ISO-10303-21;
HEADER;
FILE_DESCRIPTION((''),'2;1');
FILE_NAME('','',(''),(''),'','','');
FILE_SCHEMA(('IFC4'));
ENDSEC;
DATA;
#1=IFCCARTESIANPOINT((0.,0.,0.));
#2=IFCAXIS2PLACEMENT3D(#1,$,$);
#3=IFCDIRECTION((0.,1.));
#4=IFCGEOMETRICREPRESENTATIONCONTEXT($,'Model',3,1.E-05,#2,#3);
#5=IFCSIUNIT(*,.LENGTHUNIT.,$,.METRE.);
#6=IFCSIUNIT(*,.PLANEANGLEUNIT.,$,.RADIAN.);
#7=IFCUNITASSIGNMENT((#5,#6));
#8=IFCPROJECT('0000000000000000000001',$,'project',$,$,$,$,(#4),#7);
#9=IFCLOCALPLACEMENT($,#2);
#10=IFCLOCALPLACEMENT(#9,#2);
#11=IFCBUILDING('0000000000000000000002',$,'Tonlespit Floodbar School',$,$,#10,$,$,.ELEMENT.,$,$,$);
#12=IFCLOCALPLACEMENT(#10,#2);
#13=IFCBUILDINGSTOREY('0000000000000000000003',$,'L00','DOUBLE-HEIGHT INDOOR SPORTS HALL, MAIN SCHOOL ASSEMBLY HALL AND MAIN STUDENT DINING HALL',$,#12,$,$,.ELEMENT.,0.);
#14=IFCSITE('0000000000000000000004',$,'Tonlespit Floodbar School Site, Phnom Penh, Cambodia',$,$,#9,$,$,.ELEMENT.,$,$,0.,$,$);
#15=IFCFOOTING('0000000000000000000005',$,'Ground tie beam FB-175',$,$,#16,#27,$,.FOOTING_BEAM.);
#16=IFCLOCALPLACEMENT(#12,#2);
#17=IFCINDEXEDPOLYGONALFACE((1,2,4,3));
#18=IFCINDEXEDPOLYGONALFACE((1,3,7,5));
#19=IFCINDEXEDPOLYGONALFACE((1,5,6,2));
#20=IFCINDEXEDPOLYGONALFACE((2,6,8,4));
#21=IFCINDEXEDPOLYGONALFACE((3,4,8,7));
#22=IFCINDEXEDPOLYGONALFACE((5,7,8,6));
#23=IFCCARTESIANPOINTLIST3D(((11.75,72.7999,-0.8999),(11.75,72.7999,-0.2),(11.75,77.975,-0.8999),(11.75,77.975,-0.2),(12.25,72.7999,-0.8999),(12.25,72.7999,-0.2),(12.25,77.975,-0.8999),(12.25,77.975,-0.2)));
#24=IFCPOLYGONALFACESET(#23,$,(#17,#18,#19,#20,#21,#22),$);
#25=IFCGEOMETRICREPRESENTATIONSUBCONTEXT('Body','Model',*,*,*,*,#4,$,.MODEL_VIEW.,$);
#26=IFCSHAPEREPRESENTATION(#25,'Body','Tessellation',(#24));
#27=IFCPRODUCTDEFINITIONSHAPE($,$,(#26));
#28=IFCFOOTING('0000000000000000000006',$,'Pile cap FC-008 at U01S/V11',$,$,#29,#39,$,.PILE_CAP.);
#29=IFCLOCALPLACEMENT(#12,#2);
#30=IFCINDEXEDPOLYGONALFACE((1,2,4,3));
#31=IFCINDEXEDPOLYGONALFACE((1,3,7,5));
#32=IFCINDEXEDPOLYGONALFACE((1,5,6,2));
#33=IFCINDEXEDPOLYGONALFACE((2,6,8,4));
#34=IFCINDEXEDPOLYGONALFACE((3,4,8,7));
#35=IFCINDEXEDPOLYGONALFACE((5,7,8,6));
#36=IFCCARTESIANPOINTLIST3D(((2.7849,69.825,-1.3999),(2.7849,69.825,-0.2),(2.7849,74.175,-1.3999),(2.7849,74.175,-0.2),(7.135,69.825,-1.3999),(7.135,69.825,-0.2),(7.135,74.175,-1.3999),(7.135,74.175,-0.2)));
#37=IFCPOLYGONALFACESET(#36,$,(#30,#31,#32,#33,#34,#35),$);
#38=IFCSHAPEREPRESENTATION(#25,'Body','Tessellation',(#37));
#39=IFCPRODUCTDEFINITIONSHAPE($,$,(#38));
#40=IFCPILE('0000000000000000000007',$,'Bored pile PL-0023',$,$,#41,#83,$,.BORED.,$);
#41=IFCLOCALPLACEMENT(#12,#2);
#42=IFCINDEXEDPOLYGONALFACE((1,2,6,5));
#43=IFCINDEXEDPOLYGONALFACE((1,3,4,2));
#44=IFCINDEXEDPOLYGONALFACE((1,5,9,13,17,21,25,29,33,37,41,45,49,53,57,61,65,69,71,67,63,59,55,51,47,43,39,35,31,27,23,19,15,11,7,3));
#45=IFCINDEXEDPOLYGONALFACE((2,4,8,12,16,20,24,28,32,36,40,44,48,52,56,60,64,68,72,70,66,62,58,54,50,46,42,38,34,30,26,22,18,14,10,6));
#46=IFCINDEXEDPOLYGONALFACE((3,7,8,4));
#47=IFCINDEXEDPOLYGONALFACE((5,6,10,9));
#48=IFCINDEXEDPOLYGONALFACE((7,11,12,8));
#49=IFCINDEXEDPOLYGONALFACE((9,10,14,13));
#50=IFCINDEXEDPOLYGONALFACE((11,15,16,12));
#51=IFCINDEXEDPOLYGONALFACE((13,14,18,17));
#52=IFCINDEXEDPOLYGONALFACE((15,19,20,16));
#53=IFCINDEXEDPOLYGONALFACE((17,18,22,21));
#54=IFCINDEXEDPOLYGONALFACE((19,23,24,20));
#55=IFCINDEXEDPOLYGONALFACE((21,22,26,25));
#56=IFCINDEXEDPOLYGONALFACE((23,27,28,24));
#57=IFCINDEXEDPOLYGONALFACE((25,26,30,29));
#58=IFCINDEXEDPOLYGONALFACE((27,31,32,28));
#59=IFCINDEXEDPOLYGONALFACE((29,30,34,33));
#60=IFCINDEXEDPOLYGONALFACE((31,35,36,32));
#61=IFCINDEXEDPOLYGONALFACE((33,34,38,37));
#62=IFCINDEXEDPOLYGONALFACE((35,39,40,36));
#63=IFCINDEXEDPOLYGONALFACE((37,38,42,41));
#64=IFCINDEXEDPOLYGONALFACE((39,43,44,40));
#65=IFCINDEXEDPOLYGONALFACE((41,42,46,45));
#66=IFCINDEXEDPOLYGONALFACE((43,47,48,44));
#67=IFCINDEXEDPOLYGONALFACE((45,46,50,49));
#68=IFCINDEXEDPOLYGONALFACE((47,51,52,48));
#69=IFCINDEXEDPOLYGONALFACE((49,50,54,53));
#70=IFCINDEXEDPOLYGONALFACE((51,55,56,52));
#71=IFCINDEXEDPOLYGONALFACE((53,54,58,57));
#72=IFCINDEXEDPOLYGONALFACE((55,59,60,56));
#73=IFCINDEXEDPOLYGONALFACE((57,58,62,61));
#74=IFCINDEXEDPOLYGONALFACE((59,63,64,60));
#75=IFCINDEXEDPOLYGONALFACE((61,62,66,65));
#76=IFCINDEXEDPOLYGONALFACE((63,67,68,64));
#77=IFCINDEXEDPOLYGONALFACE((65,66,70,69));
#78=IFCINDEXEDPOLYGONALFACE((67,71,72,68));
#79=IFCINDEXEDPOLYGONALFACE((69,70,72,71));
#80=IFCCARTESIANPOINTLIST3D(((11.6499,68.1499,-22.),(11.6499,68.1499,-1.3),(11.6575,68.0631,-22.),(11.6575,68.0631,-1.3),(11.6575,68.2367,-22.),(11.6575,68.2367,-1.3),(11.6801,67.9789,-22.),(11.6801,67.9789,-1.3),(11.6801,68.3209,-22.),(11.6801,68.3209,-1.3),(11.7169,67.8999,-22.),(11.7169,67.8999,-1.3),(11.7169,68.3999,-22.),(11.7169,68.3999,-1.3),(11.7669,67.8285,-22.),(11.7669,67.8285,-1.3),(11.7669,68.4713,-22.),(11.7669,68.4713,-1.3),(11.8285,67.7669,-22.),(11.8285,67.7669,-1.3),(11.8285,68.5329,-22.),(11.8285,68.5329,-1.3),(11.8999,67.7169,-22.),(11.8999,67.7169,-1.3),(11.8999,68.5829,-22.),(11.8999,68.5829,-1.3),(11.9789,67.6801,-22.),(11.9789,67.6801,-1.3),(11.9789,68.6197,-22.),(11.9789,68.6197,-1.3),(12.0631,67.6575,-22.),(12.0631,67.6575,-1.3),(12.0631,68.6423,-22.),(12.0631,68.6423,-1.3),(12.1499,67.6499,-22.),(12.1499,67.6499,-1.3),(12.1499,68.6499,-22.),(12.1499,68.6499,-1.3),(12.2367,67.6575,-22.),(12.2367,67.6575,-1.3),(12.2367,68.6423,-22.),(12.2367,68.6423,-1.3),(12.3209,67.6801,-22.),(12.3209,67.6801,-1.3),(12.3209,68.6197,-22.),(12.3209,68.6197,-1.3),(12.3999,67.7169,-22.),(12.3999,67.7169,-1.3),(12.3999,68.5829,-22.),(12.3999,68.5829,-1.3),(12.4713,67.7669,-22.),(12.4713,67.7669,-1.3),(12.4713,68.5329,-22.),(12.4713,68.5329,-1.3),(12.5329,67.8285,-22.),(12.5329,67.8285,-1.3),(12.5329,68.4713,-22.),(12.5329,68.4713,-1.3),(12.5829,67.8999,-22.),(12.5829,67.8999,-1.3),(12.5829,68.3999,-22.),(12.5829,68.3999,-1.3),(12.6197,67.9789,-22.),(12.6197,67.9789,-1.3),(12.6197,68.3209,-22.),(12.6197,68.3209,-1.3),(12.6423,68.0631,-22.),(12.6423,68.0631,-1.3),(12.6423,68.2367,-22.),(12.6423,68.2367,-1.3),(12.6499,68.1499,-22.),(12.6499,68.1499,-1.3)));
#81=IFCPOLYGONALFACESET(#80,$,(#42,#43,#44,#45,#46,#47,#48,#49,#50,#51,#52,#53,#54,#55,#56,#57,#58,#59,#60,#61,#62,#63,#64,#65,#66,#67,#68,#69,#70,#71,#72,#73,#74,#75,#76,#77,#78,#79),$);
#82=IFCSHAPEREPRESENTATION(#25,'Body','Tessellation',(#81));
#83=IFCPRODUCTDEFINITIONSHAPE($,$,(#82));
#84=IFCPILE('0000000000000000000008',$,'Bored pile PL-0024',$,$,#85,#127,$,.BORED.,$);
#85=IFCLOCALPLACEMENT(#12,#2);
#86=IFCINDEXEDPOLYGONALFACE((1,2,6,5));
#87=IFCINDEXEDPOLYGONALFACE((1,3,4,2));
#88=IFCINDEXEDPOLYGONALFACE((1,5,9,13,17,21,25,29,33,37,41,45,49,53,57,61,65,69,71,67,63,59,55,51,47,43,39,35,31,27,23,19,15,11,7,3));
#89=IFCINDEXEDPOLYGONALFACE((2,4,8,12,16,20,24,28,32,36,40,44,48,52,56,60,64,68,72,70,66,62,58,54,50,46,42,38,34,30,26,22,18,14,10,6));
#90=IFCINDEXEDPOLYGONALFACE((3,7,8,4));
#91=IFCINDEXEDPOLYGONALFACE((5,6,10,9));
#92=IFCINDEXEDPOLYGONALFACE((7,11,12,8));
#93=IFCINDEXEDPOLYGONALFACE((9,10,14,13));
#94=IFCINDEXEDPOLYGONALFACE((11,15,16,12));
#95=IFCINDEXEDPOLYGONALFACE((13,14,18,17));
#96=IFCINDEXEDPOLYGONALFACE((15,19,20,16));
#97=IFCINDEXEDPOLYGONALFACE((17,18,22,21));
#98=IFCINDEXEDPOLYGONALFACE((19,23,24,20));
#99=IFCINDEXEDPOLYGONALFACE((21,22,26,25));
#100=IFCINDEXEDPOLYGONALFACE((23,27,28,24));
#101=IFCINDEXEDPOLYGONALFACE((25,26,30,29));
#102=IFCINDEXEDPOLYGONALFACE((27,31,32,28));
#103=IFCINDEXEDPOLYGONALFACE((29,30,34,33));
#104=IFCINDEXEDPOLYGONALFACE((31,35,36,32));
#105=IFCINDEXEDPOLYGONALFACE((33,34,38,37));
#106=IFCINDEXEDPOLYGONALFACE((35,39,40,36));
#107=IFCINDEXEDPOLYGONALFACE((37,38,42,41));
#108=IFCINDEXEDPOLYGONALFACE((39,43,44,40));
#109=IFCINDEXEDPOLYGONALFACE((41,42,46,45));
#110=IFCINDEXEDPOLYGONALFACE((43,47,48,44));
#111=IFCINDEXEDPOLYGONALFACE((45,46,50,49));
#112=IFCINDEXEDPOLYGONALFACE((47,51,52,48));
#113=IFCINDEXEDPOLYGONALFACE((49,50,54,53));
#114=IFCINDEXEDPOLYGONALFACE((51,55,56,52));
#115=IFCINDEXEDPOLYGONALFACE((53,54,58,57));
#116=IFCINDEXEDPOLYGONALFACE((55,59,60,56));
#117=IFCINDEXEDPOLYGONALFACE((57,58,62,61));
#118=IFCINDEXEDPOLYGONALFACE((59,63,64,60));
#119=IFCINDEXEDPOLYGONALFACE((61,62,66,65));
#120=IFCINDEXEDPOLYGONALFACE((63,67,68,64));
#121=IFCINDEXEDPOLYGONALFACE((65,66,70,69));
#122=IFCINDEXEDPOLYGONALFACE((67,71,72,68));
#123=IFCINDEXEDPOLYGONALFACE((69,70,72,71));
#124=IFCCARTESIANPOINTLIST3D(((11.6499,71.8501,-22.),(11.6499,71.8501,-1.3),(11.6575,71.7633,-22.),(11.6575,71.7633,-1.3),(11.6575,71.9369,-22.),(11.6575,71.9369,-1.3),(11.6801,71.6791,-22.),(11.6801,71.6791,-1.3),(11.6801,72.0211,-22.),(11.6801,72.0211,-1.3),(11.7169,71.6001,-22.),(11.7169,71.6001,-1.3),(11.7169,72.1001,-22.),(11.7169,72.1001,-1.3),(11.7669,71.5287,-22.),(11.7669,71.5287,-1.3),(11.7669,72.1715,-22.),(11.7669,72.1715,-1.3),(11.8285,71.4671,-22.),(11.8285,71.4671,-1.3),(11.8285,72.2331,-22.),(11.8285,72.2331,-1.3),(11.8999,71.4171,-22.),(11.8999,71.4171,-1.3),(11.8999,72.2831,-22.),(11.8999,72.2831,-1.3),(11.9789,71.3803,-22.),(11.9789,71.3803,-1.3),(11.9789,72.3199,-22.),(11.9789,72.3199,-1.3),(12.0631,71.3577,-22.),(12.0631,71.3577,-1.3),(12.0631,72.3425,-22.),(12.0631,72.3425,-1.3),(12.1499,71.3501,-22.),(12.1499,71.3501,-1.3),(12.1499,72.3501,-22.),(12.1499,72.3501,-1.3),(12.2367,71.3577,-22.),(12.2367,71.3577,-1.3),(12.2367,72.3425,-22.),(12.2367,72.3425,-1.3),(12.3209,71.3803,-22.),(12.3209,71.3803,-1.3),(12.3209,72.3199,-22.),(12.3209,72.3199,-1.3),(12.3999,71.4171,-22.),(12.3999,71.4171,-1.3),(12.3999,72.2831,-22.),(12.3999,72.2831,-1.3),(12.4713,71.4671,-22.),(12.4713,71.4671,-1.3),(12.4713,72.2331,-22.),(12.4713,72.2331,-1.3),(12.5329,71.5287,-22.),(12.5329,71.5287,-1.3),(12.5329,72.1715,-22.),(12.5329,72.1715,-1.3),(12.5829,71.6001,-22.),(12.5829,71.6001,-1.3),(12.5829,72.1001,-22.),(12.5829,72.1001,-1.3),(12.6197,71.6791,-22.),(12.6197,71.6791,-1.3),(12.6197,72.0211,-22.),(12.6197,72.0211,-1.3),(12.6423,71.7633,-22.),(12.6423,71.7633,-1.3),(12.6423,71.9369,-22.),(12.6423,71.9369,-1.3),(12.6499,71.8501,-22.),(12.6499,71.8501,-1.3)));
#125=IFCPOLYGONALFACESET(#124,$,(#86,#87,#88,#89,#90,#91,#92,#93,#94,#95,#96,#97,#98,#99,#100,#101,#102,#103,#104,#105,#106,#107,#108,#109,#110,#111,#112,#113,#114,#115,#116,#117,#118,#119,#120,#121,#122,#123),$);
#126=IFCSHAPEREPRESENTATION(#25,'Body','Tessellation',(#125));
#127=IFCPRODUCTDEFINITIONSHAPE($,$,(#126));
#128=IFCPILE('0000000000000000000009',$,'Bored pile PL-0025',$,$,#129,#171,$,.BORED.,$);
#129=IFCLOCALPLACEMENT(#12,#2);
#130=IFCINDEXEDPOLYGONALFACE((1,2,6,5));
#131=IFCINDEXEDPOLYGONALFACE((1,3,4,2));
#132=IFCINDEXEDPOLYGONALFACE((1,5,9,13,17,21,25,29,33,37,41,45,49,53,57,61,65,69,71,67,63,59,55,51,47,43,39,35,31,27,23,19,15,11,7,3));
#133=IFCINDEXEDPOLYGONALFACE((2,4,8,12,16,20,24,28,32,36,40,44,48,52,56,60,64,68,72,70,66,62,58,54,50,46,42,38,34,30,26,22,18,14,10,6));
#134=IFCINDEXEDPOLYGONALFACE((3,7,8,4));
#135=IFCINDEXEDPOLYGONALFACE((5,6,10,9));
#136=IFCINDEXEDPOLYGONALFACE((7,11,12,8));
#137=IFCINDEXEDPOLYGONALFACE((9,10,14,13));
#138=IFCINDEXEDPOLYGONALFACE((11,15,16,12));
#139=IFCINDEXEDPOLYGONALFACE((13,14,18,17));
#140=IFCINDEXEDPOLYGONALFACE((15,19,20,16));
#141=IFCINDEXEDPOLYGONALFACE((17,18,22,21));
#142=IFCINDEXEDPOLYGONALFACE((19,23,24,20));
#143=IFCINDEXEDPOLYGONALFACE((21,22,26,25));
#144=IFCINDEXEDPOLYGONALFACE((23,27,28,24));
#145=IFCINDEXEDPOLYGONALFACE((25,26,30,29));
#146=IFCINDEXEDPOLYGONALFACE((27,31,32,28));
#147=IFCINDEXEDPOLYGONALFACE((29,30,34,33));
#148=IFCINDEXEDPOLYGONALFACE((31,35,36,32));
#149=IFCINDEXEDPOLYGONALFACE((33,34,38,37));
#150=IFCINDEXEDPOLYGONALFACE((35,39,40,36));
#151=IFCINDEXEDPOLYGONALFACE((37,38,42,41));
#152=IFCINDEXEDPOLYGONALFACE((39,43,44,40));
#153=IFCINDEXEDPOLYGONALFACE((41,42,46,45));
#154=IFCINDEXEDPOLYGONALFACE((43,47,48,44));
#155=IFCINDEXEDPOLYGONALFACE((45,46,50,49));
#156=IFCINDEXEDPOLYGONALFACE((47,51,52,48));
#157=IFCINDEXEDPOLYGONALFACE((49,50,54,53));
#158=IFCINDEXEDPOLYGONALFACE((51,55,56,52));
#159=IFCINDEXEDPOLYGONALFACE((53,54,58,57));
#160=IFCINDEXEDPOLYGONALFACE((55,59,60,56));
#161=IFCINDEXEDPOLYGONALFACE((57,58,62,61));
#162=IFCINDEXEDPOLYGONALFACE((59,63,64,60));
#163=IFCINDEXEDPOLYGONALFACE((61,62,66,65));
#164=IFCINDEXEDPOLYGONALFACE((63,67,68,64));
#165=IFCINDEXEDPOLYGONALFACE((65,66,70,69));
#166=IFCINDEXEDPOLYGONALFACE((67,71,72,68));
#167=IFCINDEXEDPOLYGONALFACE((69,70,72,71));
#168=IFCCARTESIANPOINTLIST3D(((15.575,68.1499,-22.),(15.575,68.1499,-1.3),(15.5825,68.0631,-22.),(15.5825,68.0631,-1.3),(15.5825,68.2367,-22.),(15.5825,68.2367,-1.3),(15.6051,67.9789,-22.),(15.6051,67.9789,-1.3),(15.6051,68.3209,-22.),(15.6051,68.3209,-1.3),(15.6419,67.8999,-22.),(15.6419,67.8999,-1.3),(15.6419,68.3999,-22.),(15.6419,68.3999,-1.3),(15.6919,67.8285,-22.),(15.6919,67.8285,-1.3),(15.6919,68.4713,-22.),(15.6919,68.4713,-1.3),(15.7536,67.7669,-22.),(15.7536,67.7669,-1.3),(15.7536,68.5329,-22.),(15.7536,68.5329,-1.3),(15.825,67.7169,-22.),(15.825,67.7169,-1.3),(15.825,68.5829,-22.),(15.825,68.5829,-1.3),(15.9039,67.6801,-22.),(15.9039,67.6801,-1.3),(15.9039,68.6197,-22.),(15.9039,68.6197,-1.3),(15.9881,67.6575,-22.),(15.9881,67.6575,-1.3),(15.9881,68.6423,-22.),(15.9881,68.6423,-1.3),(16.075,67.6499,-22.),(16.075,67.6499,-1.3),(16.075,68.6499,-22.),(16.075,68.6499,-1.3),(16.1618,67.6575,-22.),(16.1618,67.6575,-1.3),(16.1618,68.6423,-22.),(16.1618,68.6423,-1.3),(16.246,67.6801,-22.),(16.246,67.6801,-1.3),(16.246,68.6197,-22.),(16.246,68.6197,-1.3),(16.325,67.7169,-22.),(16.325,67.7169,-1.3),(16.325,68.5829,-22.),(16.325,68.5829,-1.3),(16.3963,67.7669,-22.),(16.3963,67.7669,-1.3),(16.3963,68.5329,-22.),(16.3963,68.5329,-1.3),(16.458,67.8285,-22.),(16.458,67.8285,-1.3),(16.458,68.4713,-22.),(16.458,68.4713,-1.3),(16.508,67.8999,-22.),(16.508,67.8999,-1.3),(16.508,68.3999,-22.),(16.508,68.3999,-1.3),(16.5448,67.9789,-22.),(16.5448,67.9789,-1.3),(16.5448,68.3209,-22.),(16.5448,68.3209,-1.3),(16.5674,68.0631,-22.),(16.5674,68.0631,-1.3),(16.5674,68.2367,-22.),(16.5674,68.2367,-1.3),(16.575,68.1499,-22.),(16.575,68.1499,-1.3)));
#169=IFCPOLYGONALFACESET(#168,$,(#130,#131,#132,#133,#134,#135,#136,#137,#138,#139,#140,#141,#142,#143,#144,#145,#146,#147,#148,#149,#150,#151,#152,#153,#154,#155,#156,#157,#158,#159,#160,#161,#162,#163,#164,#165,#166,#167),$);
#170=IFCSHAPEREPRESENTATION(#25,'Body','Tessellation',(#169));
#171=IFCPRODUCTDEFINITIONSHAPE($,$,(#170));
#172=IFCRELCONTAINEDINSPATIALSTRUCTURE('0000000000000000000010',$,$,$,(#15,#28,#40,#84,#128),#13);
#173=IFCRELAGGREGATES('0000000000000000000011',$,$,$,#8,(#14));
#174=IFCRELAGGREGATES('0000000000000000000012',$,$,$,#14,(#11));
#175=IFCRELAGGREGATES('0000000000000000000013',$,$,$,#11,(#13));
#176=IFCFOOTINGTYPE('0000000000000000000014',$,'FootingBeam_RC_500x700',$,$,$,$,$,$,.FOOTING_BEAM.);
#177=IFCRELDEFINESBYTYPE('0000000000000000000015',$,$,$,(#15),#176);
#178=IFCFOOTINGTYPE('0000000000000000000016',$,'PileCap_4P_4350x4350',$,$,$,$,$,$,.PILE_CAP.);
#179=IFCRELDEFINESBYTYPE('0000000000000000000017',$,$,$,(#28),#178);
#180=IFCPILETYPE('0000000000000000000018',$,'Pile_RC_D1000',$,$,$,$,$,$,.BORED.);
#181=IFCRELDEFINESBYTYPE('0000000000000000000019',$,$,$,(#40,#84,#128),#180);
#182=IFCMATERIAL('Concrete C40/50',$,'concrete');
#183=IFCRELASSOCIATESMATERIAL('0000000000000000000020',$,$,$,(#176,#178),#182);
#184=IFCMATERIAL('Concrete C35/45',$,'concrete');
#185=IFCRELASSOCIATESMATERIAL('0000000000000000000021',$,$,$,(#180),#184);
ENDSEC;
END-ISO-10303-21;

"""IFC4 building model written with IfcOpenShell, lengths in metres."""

from ifc_helpers import new_model, si_unit, direction, frame, origin, origin_2d, place, context, subcontext, project, spatial, rectangle, circle, extrude, material, material_profile, profile_set, type_object, element, save


model = new_model("IFC4")

# Units and contexts
model_context = context("Model", 3, precision=1e-05, world=origin(), true_north=direction((0.0, 1.0)))
body_context = subcontext(model_context, "Body", "Model", "MODEL_VIEW")
ifc_project = project(units=[si_unit("LENGTHUNIT", "METRE"), si_unit("PLANEANGLEUNIT", "RADIAN")], contexts=[model_context])

# Site, building, storey
site_placement = place(None, origin())
site = spatial("IfcSite", under=ifc_project, at=site_placement, Name="Tonlespit Floodbar School Site, Phnom Penh, Cambodia", CompositionType="ELEMENT", RefElevation=0.0)
building_placement = place(site_placement, origin())
building = spatial("IfcBuilding", under=site, at=building_placement, Name="Tonlespit Floodbar School", CompositionType="ELEMENT")
storey_placement = place(building_placement, origin())
storey = spatial("IfcBuildingStorey", under=building, at=storey_placement, Name="L00", Description="DOUBLE-HEIGHT INDOOR SPORTS HALL, MAIN SCHOOL ASSEMBLY HALL AND MAIN STUDENT DINING HALL", CompositionType="ELEMENT", Elevation=0.0)

# Footings
ifc_material_1 = material(Name="Concrete C40/50", Category="concrete")
footing_type_1 = type_object("IfcFootingType", Name="FootingBeam_RC_500x700", PredefinedType="FOOTING_BEAM", material=ifc_material_1)
footing_1_placement = place(storey_placement, frame((12.0, 75.3875, -0.8999), z_axis=(0.0, 0.0, 1.0), x_axis=(0.0, 1.0, 0.0)))
element("IfcFooting", 1, at=footing_1_placement, inside=storey, type_object=footing_type_1, Name="Ground tie beam FB-175", PredefinedType="FOOTING_BEAM", context=body_context, shape_type="SweptSolid", body=[
    extrude(rectangle(XDim=5.175, YDim=0.5, at=origin_2d()), origin(), (0.0, 0.0, 1.0), 0.7),
])
footing_type_2 = type_object("IfcFootingType", Name="PileCap_4P_4350x4350", PredefinedType="PILE_CAP", material=ifc_material_1)
footing_2_placement = place(storey_placement, frame((4.96, 72.0, -1.3999), z_axis=(0.0, 0.0, 1.0), x_axis=(1.0, 0.0, 0.0)))
element("IfcFooting", 2, at=footing_2_placement, inside=storey, type_object=footing_type_2, Name="Pile cap FC-008 at U01S/V11", PredefinedType="PILE_CAP", context=body_context, shape_type="SweptSolid", body=[
    extrude(rectangle(XDim=4.3501, YDim=4.3501, at=origin_2d()), origin(), (0.0, 0.0, 1.0), 1.2),
])

# Piles
ifc_material_2 = material(Name="Concrete C35/45", Category="concrete")
ifc_material_profile_1 = material_profile(ifc_material_2, circle(Radius=0.5, at=origin_2d()), Name="BP D1000")
ifc_profile_set_1 = profile_set([ifc_material_profile_1], Name="Concrete C35/45")
pile_type_1 = type_object("IfcPileType", Name="Pile_RC_D1000", PredefinedType="BORED", material=ifc_profile_set_1)
for number, where, z_axis, x_axis, name in (
    (3, (12.1499, 68.1499, -1.3), (0.0, 0.0, -1.0), (1.0, 0.0, 0.0), "Bored pile PL-0023"),
    (4, (12.1499, 71.8501, -1.3), (0.0, 0.0, -1.0), (1.0, 0.0, 0.0), "Bored pile PL-0024"),
    (5, (16.075, 68.1499, -1.3), (0.0, 0.0, -1.0), (1.0, 0.0, 0.0), "Bored pile PL-0025"),
):
    element("IfcPile", number, at=place(storey_placement, frame(where, z_axis=z_axis, x_axis=x_axis)), inside=storey, type_object=pile_type_1, Name=name, PredefinedType="BORED", context=body_context, shape_type="SweptSolid", body=[
        extrude(circle(Radius=0.5, at=origin_2d()), origin(), (0.0, 0.0, 1.0), 20.7),
    ])

save(model, "model.ifc")
